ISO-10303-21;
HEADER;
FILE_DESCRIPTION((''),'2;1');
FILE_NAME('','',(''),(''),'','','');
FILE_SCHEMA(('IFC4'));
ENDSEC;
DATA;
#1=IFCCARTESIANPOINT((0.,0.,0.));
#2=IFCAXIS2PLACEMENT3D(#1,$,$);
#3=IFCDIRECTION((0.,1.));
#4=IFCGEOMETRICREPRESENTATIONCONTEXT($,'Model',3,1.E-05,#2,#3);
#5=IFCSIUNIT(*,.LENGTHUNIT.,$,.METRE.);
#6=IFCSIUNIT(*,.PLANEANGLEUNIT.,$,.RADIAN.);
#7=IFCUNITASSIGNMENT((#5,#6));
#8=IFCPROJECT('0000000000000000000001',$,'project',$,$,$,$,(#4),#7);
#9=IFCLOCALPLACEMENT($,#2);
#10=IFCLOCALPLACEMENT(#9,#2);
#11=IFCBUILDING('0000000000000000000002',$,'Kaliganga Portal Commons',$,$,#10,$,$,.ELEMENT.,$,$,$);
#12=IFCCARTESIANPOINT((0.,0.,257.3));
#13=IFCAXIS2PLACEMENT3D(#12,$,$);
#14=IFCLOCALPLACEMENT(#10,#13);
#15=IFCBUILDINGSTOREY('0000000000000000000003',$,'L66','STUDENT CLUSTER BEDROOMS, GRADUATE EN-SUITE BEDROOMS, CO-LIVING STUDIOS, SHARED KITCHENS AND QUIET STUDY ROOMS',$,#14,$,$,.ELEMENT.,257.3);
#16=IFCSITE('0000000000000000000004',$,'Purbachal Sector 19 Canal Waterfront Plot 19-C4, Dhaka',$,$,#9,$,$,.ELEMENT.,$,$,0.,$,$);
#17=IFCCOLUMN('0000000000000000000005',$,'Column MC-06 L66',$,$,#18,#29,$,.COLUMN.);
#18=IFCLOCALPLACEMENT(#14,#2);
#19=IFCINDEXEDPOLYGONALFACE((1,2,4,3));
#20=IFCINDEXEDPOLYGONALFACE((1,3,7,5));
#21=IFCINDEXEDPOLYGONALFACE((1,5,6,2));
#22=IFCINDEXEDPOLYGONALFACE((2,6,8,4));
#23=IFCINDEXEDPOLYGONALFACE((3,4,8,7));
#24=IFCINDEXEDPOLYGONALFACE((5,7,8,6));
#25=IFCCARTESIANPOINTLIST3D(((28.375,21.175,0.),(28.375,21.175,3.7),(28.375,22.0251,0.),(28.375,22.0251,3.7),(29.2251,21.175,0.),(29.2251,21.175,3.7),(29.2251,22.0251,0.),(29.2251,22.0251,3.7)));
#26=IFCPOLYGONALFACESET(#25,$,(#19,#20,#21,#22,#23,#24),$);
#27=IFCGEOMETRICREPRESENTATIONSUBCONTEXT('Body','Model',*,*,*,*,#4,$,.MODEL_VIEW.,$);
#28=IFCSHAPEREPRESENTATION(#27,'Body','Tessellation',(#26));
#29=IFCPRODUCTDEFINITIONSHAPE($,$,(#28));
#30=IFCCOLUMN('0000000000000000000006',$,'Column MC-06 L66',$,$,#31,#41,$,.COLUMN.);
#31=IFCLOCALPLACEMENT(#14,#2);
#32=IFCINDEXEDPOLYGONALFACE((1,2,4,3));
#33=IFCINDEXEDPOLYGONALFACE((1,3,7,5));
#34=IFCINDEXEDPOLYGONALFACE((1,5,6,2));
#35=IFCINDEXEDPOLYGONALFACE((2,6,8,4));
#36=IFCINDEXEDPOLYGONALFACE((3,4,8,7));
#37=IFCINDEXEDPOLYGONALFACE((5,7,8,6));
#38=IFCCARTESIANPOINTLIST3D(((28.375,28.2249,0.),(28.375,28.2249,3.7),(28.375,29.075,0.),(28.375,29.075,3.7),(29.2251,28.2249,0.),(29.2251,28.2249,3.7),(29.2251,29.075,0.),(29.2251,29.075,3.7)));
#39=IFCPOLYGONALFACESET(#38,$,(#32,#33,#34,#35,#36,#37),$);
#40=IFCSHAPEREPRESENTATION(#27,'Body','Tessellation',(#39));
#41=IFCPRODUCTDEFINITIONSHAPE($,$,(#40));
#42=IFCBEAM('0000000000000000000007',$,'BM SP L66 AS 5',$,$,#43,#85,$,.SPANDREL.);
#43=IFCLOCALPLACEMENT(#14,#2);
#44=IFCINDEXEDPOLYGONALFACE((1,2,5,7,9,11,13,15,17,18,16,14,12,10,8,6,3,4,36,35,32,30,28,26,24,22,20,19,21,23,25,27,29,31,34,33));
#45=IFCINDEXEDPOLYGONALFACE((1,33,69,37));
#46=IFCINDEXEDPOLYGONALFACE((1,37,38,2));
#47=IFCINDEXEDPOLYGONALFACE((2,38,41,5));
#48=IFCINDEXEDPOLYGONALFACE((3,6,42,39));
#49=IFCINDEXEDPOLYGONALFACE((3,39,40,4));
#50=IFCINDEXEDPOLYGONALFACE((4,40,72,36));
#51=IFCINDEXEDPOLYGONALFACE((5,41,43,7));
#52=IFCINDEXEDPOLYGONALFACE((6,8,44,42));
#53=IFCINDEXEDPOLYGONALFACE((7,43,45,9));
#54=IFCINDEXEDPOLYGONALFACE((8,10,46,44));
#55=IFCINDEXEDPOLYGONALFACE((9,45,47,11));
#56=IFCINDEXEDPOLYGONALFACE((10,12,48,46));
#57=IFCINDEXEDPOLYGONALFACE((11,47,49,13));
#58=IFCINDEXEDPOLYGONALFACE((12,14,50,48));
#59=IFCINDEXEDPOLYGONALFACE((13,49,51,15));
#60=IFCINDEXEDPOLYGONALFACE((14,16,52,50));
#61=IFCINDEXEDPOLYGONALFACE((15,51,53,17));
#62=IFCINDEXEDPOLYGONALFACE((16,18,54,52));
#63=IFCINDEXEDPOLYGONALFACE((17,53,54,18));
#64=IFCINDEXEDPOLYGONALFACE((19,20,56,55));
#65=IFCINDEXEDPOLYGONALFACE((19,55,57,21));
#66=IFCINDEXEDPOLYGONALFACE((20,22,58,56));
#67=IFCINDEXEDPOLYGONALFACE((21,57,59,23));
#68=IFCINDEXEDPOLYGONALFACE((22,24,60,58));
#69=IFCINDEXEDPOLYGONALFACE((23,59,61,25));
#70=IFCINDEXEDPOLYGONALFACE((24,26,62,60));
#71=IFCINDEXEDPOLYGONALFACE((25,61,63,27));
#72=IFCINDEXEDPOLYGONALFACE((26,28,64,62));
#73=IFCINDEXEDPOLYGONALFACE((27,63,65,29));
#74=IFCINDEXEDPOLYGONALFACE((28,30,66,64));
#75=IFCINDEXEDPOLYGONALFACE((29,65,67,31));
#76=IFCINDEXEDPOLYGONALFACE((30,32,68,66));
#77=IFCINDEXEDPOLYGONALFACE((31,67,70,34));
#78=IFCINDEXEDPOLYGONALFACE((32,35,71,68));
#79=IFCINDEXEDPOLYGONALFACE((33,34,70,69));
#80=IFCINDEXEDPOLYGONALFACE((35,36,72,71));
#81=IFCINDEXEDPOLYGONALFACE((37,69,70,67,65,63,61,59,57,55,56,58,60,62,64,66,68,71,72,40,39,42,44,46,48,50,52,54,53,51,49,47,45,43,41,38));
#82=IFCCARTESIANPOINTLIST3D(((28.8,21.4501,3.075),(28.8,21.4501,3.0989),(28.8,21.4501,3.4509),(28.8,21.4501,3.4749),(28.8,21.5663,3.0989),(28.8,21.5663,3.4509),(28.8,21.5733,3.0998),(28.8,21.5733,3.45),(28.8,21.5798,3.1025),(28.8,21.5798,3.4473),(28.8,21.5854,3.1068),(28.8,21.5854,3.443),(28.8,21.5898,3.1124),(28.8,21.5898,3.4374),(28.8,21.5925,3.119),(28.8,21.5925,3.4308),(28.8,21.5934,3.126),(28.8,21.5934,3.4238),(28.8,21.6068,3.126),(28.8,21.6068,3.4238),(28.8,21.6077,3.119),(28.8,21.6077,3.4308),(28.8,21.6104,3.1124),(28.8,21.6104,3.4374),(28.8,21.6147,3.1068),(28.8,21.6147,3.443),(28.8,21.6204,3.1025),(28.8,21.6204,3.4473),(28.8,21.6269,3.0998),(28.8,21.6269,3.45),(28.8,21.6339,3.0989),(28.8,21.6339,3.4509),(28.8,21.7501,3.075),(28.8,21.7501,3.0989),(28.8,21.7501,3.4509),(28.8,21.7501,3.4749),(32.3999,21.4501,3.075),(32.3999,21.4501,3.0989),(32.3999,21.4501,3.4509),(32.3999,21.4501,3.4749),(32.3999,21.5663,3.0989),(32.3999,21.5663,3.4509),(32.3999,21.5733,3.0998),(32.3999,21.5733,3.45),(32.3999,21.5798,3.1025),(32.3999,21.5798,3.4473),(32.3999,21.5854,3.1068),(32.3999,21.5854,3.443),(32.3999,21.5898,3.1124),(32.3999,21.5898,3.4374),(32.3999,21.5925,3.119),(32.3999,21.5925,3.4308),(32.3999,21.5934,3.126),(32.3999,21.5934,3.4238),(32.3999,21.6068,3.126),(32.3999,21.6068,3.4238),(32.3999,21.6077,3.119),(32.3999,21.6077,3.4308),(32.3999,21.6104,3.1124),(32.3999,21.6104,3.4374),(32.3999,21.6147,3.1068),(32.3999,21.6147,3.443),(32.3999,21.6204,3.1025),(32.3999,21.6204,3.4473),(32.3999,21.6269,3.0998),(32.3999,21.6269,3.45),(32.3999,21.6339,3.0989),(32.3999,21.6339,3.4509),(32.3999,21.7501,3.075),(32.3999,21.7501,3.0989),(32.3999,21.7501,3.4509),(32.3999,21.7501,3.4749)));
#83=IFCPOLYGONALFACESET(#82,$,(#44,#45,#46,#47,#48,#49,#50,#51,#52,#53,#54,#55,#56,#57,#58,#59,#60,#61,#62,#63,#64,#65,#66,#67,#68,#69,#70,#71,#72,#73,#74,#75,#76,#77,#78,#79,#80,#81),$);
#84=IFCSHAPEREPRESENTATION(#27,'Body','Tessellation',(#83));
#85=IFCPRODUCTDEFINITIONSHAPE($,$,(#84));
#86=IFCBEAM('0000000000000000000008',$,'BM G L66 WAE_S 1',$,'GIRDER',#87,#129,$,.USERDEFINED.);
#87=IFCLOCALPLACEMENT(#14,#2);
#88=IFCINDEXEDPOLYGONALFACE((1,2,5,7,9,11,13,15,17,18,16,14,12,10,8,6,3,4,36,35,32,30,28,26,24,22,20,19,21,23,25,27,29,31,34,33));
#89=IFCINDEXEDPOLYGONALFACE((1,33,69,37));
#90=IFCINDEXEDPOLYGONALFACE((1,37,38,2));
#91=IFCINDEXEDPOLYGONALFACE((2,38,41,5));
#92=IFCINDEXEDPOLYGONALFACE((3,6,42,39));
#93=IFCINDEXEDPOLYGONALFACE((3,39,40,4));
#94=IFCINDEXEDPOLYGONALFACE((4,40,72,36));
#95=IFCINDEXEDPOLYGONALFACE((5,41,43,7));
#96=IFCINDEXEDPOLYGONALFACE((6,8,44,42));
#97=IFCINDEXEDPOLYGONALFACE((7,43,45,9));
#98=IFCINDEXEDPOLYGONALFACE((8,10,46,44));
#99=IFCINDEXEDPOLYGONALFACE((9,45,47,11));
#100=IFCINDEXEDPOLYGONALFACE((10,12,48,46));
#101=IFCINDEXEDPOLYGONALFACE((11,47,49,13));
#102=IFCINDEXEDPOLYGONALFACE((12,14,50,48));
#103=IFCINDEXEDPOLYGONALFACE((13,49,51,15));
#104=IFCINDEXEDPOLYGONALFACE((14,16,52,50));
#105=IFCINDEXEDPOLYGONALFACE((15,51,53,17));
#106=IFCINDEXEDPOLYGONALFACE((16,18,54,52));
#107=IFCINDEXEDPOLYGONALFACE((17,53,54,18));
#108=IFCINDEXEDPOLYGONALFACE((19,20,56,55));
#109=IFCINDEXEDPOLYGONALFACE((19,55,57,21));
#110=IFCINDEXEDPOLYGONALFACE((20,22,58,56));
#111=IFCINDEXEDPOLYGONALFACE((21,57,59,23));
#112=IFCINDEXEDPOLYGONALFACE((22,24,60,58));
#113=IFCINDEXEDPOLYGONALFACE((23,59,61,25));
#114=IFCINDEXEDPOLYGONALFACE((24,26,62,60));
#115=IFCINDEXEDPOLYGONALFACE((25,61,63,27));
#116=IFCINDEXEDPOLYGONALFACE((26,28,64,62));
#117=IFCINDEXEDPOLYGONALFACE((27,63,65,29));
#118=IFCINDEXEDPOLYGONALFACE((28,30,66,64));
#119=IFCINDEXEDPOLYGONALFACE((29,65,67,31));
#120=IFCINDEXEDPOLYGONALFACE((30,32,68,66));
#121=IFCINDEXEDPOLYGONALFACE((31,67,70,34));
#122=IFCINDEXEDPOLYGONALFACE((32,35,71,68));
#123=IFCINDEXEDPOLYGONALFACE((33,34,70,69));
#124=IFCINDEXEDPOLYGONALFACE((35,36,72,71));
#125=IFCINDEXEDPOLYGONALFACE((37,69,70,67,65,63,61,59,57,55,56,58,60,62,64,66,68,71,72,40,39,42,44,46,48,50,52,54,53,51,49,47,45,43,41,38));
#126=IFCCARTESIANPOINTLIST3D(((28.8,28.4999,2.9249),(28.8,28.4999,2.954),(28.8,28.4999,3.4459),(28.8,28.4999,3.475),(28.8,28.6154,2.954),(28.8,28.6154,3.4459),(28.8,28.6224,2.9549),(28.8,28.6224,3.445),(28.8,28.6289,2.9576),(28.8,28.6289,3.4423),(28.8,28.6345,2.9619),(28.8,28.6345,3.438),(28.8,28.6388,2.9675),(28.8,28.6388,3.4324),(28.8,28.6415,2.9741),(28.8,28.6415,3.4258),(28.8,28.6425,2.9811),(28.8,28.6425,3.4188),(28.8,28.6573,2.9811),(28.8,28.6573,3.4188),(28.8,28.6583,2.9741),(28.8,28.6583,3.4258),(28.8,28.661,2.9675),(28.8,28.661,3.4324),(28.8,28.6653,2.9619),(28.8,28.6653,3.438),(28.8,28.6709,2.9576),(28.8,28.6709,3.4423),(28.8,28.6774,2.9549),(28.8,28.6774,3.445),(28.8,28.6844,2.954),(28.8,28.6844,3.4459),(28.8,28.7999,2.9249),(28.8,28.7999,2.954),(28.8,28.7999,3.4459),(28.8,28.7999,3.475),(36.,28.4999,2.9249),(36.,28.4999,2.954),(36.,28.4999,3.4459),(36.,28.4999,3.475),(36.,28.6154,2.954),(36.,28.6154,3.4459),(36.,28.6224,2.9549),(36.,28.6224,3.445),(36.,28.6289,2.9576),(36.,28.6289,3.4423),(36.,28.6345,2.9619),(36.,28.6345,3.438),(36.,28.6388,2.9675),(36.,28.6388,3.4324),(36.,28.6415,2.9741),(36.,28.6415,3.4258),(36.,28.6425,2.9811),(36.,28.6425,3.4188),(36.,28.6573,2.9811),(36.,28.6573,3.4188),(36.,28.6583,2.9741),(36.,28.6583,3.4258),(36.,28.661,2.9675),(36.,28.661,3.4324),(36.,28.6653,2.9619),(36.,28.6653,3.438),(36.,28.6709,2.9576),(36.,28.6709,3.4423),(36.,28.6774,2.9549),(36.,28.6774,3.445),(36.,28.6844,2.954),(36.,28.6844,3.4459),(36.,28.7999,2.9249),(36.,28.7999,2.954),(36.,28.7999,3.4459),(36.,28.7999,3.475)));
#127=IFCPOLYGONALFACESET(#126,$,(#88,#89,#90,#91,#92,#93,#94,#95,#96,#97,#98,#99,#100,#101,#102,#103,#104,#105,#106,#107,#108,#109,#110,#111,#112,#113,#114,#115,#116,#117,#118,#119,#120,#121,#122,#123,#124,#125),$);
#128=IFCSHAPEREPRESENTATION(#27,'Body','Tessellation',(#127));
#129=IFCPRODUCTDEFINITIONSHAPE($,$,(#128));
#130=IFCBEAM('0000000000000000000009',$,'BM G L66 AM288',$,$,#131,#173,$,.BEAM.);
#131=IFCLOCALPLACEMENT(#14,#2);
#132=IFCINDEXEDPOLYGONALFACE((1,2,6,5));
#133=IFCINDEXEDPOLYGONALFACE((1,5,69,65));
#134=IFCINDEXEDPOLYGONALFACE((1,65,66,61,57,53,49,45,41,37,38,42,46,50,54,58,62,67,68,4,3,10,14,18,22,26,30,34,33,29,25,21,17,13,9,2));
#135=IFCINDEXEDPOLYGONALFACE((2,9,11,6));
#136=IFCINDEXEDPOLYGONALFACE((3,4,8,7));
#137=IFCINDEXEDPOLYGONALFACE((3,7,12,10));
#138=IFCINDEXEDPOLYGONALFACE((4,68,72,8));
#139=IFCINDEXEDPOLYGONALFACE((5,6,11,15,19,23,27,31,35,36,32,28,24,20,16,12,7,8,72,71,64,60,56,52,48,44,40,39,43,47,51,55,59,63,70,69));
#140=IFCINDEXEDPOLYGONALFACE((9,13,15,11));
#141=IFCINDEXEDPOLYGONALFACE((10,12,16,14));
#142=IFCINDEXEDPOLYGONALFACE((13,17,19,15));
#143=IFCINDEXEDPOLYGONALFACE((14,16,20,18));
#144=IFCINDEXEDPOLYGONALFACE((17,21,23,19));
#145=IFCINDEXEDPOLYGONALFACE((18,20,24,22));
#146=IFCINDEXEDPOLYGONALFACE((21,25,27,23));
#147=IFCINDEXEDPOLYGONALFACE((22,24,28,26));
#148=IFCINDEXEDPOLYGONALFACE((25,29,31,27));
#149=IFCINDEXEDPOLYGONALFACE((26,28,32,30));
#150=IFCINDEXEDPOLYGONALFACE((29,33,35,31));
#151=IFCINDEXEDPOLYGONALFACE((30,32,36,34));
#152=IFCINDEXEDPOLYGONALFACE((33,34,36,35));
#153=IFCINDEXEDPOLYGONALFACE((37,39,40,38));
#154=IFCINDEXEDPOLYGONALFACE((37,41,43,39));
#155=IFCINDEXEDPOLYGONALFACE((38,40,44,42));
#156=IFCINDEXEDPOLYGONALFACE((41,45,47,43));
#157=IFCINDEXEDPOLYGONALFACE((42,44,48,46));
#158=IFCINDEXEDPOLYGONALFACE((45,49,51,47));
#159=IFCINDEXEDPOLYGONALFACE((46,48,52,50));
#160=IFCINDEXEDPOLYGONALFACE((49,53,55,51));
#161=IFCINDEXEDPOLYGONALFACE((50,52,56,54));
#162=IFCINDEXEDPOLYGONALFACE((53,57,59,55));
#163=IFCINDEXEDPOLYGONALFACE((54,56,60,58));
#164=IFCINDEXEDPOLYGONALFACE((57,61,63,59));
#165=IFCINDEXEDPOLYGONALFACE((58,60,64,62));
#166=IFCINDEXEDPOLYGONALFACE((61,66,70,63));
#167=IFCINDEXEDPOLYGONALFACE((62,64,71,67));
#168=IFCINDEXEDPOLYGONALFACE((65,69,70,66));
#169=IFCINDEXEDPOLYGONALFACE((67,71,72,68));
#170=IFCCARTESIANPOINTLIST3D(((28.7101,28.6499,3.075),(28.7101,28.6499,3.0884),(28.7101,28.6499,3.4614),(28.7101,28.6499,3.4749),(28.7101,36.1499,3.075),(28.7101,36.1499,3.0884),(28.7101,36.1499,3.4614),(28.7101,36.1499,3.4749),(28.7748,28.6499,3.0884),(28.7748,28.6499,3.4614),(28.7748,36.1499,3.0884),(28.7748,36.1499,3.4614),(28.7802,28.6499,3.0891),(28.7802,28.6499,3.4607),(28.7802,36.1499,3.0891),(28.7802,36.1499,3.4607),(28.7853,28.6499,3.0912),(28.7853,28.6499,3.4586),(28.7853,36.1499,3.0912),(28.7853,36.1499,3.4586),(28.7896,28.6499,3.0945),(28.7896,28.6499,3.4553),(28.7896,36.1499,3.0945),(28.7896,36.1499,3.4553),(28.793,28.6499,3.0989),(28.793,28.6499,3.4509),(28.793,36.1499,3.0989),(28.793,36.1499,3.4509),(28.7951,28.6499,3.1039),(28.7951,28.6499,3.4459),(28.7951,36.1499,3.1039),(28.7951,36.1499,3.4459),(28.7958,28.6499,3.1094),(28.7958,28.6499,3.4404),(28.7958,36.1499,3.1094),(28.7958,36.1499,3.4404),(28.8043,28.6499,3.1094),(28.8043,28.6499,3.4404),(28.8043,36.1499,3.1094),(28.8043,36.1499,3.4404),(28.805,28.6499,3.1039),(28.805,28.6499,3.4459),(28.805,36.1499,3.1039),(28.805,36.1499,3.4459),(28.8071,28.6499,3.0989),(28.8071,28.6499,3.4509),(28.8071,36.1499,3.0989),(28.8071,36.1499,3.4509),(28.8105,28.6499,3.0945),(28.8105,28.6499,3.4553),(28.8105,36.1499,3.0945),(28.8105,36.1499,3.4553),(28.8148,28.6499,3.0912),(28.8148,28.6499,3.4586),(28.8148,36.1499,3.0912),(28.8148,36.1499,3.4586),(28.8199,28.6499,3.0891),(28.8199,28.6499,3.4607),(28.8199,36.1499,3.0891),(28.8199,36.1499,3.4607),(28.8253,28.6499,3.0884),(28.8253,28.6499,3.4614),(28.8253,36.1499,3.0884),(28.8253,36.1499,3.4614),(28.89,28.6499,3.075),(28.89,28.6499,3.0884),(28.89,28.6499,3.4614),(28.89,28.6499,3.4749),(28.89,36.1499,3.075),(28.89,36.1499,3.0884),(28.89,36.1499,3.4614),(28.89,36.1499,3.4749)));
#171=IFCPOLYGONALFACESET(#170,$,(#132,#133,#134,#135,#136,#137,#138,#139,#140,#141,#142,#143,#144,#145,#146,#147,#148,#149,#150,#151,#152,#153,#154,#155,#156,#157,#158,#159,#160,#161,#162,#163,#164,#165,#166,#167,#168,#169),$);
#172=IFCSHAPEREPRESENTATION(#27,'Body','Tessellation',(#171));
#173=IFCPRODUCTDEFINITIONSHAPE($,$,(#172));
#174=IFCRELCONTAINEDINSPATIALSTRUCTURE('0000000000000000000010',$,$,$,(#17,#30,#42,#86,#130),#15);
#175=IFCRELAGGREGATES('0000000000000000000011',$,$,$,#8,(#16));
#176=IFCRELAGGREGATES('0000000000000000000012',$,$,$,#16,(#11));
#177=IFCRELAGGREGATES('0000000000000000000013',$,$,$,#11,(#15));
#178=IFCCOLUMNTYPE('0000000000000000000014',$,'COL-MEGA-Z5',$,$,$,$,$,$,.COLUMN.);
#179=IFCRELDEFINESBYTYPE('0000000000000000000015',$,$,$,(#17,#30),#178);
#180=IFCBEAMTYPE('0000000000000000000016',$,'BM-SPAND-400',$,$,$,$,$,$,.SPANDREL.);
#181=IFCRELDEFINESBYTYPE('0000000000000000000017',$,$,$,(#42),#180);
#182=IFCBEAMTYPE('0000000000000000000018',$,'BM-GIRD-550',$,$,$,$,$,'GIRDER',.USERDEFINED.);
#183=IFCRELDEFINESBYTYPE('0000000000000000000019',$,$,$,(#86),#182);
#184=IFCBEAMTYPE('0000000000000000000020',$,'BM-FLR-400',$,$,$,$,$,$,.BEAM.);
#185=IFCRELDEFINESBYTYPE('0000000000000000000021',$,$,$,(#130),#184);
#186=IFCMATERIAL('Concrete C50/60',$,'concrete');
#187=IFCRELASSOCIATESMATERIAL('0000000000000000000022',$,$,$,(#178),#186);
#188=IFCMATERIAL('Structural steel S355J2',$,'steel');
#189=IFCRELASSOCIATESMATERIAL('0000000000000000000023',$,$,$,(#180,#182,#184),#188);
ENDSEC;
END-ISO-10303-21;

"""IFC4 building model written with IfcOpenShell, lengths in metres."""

from ifc_helpers import new_model, si_unit, direction, frame, origin, origin_2d, place, context, subcontext, project, spatial, rectangle, i_section, extrude, source, transform, mapped, material, material_profile, profile_set, type_object, element, save


model = new_model("IFC4")

# Units and contexts
model_context = context("Model", 3, precision=1e-05, world=origin(), true_north=direction((0.0, 1.0)))
body_context = subcontext(model_context, "Body", "Model", "MODEL_VIEW")
ifc_project = project(units=[si_unit("LENGTHUNIT", "METRE"), si_unit("PLANEANGLEUNIT", "RADIAN")], contexts=[model_context])

# Site, building, storey
site_placement = place(None, origin())
site = spatial("IfcSite", under=ifc_project, at=site_placement, Name="Purbachal Sector 19 Canal Waterfront Plot 19-C4, Dhaka", CompositionType="ELEMENT", RefElevation=0.0)
building_placement = place(site_placement, origin())
building = spatial("IfcBuilding", under=site, at=building_placement, Name="Kaliganga Portal Commons", CompositionType="ELEMENT")
storey_placement = place(building_placement, frame((0.0, 0.0, 257.3)))
storey = spatial("IfcBuildingStorey", under=building, at=storey_placement, Name="L66", Description="STUDENT CLUSTER BEDROOMS, GRADUATE EN-SUITE BEDROOMS, CO-LIVING STUDIOS, SHARED KITCHENS AND QUIET STUDY ROOMS", CompositionType="ELEMENT", Elevation=257.3)

# Columns
ifc_material_1 = material(Name="Concrete C50/60", Category="concrete")
ifc_material_profile_1 = material_profile(ifc_material_1, rectangle(XDim=0.8501, YDim=0.8501, at=origin_2d()), Name="RC 850x850")
ifc_profile_set_1 = profile_set([ifc_material_profile_1], Name="Concrete C50/60")
column_type = type_object("IfcColumnType", Name="COL-MEGA-Z5", PredefinedType="COLUMN", material=ifc_profile_set_1)
shared_shape_1 = source(origin(), body_context, "Body", "SweptSolid", [
    extrude(rectangle(XDim=0.8501, YDim=0.8501, at=origin_2d()), origin(), (0.0, 0.0, 1.0), 3.7),
])
for number, where, z_axis, x_axis, name in (
    (1, (28.8, 21.6001, 0.0), (0.0, 0.0, 1.0), (1.0, 0.0, 0.0), "Column MC-06 L66"),
    (2, (28.8, 28.6499, 0.0), (0.0, 0.0, 1.0), (1.0, 0.0, 0.0), "Column MC-06 L66"),
):
    element("IfcColumn", number, at=place(storey_placement, frame(where, z_axis=z_axis, x_axis=x_axis)), inside=storey, type_object=column_type, Name=name, PredefinedType="COLUMN", context=body_context, shape_type="MappedRepresentation", body=[
        mapped(shared_shape_1, transform((0.0, 0.0, 0.0), x_axis=(1.0, 0.0, 0.0), y_axis=(0.0, 1.0, 0.0), z_axis=(0.0, 0.0, 1.0), scale=1.0)),
    ])

# Beams
ifc_material_2 = material(Name="Structural steel S355J2", Category="steel")
ifc_material_profile_2 = material_profile(ifc_material_2, i_section(OverallWidth=0.3, OverallDepth=0.3999, WebThickness=0.0134, FlangeThickness=0.0239, FilletRadius=0.0271, at=origin_2d()), Name="HE 400 B")
ifc_profile_set_2 = profile_set([ifc_material_profile_2], Name="Structural steel S355J2 wide-flange")
beam_type_1 = type_object("IfcBeamType", Name="BM-SPAND-400", PredefinedType="SPANDREL", material=ifc_profile_set_2)
shared_shape_2 = source(origin(), body_context, "Body", "SweptSolid", [
    extrude(i_section(OverallWidth=0.3, OverallDepth=0.3999, WebThickness=0.0134, FlangeThickness=0.0239, FilletRadius=0.0271, at=origin_2d()), origin(), (0.0, 0.0, 1.0), 3.5999),
])
beam_1_placement = place(storey_placement, frame((28.8, 21.6001, 3.2749), z_axis=(1.0, 0.0, 0.0), x_axis=(0.0, 1.0, 0.0)))
element("IfcBeam", 3, at=beam_1_placement, inside=storey, type_object=beam_type_1, Name="BM SP L66 AS 5", PredefinedType="SPANDREL", context=body_context, shape_type="MappedRepresentation", body=[
    mapped(shared_shape_2, transform((0.0, 0.0, 0.0), x_axis=(1.0, 0.0, 0.0), y_axis=(0.0, 1.0, 0.0), z_axis=(0.0, 0.0, 1.0), scale=1.0)),
])
ifc_material_profile_3 = material_profile(ifc_material_2, i_section(OverallWidth=0.3, OverallDepth=0.55, WebThickness=0.0149, FlangeThickness=0.0291, FilletRadius=0.0271, at=origin_2d()), Name="HE 550 B")
ifc_profile_set_3 = profile_set([ifc_material_profile_3], Name="Structural steel S355J2 wide-flange")
beam_type_2 = type_object("IfcBeamType", Name="BM-GIRD-550", ElementType="GIRDER", PredefinedType="USERDEFINED", material=ifc_profile_set_3)
shared_shape_3 = source(origin(), body_context, "Body", "SweptSolid", [
    extrude(i_section(OverallWidth=0.3, OverallDepth=0.55, WebThickness=0.0149, FlangeThickness=0.0291, FilletRadius=0.0271, at=origin_2d()), origin(), (0.0, 0.0, 1.0), 7.2),
])
beam_2_placement = place(storey_placement, frame((28.8, 28.6499, 3.2), z_axis=(1.0, 0.0, 0.0), x_axis=(0.0, 1.0, 0.0)))
element("IfcBeam", 4, at=beam_2_placement, inside=storey, type_object=beam_type_2, Name="BM G L66 WAE_S 1", ObjectType="GIRDER", PredefinedType="USERDEFINED", context=body_context, shape_type="MappedRepresentation", body=[
    mapped(shared_shape_3, transform((0.0, 0.0, 0.0), x_axis=(1.0, 0.0, 0.0), y_axis=(0.0, 1.0, 0.0), z_axis=(0.0, 0.0, 1.0), scale=1.0)),
])
ifc_material_profile_4 = material_profile(ifc_material_2, i_section(OverallWidth=0.1799, OverallDepth=0.3999, WebThickness=0.0085, FlangeThickness=0.0134, FilletRadius=0.021, at=origin_2d()), Name="IPE 400")
ifc_profile_set_4 = profile_set([ifc_material_profile_4], Name="Structural steel S355J2 wide-flange")
beam_type_3 = type_object("IfcBeamType", Name="BM-FLR-400", PredefinedType="BEAM", material=ifc_profile_set_4)
shared_shape_4 = source(origin(), body_context, "Body", "SweptSolid", [
    extrude(i_section(OverallWidth=0.1799, OverallDepth=0.3999, WebThickness=0.0085, FlangeThickness=0.0134, FilletRadius=0.021, at=origin_2d()), origin(), (0.0, 0.0, 1.0), 7.5),
])
beam_3_placement = place(storey_placement, frame((28.8, 28.6499, 3.2749), z_axis=(0.0, 1.0, 0.0), x_axis=(-1.0, 0.0, 0.0)))
element("IfcBeam", 5, at=beam_3_placement, inside=storey, type_object=beam_type_3, Name="BM G L66 AM288", PredefinedType="BEAM", context=body_context, shape_type="MappedRepresentation", body=[
    mapped(shared_shape_4, transform((0.0, 0.0, 0.0), x_axis=(1.0, 0.0, 0.0), y_axis=(0.0, 1.0, 0.0), z_axis=(0.0, 0.0, 1.0), scale=1.0)),
])

save(model, "model.ifc")
